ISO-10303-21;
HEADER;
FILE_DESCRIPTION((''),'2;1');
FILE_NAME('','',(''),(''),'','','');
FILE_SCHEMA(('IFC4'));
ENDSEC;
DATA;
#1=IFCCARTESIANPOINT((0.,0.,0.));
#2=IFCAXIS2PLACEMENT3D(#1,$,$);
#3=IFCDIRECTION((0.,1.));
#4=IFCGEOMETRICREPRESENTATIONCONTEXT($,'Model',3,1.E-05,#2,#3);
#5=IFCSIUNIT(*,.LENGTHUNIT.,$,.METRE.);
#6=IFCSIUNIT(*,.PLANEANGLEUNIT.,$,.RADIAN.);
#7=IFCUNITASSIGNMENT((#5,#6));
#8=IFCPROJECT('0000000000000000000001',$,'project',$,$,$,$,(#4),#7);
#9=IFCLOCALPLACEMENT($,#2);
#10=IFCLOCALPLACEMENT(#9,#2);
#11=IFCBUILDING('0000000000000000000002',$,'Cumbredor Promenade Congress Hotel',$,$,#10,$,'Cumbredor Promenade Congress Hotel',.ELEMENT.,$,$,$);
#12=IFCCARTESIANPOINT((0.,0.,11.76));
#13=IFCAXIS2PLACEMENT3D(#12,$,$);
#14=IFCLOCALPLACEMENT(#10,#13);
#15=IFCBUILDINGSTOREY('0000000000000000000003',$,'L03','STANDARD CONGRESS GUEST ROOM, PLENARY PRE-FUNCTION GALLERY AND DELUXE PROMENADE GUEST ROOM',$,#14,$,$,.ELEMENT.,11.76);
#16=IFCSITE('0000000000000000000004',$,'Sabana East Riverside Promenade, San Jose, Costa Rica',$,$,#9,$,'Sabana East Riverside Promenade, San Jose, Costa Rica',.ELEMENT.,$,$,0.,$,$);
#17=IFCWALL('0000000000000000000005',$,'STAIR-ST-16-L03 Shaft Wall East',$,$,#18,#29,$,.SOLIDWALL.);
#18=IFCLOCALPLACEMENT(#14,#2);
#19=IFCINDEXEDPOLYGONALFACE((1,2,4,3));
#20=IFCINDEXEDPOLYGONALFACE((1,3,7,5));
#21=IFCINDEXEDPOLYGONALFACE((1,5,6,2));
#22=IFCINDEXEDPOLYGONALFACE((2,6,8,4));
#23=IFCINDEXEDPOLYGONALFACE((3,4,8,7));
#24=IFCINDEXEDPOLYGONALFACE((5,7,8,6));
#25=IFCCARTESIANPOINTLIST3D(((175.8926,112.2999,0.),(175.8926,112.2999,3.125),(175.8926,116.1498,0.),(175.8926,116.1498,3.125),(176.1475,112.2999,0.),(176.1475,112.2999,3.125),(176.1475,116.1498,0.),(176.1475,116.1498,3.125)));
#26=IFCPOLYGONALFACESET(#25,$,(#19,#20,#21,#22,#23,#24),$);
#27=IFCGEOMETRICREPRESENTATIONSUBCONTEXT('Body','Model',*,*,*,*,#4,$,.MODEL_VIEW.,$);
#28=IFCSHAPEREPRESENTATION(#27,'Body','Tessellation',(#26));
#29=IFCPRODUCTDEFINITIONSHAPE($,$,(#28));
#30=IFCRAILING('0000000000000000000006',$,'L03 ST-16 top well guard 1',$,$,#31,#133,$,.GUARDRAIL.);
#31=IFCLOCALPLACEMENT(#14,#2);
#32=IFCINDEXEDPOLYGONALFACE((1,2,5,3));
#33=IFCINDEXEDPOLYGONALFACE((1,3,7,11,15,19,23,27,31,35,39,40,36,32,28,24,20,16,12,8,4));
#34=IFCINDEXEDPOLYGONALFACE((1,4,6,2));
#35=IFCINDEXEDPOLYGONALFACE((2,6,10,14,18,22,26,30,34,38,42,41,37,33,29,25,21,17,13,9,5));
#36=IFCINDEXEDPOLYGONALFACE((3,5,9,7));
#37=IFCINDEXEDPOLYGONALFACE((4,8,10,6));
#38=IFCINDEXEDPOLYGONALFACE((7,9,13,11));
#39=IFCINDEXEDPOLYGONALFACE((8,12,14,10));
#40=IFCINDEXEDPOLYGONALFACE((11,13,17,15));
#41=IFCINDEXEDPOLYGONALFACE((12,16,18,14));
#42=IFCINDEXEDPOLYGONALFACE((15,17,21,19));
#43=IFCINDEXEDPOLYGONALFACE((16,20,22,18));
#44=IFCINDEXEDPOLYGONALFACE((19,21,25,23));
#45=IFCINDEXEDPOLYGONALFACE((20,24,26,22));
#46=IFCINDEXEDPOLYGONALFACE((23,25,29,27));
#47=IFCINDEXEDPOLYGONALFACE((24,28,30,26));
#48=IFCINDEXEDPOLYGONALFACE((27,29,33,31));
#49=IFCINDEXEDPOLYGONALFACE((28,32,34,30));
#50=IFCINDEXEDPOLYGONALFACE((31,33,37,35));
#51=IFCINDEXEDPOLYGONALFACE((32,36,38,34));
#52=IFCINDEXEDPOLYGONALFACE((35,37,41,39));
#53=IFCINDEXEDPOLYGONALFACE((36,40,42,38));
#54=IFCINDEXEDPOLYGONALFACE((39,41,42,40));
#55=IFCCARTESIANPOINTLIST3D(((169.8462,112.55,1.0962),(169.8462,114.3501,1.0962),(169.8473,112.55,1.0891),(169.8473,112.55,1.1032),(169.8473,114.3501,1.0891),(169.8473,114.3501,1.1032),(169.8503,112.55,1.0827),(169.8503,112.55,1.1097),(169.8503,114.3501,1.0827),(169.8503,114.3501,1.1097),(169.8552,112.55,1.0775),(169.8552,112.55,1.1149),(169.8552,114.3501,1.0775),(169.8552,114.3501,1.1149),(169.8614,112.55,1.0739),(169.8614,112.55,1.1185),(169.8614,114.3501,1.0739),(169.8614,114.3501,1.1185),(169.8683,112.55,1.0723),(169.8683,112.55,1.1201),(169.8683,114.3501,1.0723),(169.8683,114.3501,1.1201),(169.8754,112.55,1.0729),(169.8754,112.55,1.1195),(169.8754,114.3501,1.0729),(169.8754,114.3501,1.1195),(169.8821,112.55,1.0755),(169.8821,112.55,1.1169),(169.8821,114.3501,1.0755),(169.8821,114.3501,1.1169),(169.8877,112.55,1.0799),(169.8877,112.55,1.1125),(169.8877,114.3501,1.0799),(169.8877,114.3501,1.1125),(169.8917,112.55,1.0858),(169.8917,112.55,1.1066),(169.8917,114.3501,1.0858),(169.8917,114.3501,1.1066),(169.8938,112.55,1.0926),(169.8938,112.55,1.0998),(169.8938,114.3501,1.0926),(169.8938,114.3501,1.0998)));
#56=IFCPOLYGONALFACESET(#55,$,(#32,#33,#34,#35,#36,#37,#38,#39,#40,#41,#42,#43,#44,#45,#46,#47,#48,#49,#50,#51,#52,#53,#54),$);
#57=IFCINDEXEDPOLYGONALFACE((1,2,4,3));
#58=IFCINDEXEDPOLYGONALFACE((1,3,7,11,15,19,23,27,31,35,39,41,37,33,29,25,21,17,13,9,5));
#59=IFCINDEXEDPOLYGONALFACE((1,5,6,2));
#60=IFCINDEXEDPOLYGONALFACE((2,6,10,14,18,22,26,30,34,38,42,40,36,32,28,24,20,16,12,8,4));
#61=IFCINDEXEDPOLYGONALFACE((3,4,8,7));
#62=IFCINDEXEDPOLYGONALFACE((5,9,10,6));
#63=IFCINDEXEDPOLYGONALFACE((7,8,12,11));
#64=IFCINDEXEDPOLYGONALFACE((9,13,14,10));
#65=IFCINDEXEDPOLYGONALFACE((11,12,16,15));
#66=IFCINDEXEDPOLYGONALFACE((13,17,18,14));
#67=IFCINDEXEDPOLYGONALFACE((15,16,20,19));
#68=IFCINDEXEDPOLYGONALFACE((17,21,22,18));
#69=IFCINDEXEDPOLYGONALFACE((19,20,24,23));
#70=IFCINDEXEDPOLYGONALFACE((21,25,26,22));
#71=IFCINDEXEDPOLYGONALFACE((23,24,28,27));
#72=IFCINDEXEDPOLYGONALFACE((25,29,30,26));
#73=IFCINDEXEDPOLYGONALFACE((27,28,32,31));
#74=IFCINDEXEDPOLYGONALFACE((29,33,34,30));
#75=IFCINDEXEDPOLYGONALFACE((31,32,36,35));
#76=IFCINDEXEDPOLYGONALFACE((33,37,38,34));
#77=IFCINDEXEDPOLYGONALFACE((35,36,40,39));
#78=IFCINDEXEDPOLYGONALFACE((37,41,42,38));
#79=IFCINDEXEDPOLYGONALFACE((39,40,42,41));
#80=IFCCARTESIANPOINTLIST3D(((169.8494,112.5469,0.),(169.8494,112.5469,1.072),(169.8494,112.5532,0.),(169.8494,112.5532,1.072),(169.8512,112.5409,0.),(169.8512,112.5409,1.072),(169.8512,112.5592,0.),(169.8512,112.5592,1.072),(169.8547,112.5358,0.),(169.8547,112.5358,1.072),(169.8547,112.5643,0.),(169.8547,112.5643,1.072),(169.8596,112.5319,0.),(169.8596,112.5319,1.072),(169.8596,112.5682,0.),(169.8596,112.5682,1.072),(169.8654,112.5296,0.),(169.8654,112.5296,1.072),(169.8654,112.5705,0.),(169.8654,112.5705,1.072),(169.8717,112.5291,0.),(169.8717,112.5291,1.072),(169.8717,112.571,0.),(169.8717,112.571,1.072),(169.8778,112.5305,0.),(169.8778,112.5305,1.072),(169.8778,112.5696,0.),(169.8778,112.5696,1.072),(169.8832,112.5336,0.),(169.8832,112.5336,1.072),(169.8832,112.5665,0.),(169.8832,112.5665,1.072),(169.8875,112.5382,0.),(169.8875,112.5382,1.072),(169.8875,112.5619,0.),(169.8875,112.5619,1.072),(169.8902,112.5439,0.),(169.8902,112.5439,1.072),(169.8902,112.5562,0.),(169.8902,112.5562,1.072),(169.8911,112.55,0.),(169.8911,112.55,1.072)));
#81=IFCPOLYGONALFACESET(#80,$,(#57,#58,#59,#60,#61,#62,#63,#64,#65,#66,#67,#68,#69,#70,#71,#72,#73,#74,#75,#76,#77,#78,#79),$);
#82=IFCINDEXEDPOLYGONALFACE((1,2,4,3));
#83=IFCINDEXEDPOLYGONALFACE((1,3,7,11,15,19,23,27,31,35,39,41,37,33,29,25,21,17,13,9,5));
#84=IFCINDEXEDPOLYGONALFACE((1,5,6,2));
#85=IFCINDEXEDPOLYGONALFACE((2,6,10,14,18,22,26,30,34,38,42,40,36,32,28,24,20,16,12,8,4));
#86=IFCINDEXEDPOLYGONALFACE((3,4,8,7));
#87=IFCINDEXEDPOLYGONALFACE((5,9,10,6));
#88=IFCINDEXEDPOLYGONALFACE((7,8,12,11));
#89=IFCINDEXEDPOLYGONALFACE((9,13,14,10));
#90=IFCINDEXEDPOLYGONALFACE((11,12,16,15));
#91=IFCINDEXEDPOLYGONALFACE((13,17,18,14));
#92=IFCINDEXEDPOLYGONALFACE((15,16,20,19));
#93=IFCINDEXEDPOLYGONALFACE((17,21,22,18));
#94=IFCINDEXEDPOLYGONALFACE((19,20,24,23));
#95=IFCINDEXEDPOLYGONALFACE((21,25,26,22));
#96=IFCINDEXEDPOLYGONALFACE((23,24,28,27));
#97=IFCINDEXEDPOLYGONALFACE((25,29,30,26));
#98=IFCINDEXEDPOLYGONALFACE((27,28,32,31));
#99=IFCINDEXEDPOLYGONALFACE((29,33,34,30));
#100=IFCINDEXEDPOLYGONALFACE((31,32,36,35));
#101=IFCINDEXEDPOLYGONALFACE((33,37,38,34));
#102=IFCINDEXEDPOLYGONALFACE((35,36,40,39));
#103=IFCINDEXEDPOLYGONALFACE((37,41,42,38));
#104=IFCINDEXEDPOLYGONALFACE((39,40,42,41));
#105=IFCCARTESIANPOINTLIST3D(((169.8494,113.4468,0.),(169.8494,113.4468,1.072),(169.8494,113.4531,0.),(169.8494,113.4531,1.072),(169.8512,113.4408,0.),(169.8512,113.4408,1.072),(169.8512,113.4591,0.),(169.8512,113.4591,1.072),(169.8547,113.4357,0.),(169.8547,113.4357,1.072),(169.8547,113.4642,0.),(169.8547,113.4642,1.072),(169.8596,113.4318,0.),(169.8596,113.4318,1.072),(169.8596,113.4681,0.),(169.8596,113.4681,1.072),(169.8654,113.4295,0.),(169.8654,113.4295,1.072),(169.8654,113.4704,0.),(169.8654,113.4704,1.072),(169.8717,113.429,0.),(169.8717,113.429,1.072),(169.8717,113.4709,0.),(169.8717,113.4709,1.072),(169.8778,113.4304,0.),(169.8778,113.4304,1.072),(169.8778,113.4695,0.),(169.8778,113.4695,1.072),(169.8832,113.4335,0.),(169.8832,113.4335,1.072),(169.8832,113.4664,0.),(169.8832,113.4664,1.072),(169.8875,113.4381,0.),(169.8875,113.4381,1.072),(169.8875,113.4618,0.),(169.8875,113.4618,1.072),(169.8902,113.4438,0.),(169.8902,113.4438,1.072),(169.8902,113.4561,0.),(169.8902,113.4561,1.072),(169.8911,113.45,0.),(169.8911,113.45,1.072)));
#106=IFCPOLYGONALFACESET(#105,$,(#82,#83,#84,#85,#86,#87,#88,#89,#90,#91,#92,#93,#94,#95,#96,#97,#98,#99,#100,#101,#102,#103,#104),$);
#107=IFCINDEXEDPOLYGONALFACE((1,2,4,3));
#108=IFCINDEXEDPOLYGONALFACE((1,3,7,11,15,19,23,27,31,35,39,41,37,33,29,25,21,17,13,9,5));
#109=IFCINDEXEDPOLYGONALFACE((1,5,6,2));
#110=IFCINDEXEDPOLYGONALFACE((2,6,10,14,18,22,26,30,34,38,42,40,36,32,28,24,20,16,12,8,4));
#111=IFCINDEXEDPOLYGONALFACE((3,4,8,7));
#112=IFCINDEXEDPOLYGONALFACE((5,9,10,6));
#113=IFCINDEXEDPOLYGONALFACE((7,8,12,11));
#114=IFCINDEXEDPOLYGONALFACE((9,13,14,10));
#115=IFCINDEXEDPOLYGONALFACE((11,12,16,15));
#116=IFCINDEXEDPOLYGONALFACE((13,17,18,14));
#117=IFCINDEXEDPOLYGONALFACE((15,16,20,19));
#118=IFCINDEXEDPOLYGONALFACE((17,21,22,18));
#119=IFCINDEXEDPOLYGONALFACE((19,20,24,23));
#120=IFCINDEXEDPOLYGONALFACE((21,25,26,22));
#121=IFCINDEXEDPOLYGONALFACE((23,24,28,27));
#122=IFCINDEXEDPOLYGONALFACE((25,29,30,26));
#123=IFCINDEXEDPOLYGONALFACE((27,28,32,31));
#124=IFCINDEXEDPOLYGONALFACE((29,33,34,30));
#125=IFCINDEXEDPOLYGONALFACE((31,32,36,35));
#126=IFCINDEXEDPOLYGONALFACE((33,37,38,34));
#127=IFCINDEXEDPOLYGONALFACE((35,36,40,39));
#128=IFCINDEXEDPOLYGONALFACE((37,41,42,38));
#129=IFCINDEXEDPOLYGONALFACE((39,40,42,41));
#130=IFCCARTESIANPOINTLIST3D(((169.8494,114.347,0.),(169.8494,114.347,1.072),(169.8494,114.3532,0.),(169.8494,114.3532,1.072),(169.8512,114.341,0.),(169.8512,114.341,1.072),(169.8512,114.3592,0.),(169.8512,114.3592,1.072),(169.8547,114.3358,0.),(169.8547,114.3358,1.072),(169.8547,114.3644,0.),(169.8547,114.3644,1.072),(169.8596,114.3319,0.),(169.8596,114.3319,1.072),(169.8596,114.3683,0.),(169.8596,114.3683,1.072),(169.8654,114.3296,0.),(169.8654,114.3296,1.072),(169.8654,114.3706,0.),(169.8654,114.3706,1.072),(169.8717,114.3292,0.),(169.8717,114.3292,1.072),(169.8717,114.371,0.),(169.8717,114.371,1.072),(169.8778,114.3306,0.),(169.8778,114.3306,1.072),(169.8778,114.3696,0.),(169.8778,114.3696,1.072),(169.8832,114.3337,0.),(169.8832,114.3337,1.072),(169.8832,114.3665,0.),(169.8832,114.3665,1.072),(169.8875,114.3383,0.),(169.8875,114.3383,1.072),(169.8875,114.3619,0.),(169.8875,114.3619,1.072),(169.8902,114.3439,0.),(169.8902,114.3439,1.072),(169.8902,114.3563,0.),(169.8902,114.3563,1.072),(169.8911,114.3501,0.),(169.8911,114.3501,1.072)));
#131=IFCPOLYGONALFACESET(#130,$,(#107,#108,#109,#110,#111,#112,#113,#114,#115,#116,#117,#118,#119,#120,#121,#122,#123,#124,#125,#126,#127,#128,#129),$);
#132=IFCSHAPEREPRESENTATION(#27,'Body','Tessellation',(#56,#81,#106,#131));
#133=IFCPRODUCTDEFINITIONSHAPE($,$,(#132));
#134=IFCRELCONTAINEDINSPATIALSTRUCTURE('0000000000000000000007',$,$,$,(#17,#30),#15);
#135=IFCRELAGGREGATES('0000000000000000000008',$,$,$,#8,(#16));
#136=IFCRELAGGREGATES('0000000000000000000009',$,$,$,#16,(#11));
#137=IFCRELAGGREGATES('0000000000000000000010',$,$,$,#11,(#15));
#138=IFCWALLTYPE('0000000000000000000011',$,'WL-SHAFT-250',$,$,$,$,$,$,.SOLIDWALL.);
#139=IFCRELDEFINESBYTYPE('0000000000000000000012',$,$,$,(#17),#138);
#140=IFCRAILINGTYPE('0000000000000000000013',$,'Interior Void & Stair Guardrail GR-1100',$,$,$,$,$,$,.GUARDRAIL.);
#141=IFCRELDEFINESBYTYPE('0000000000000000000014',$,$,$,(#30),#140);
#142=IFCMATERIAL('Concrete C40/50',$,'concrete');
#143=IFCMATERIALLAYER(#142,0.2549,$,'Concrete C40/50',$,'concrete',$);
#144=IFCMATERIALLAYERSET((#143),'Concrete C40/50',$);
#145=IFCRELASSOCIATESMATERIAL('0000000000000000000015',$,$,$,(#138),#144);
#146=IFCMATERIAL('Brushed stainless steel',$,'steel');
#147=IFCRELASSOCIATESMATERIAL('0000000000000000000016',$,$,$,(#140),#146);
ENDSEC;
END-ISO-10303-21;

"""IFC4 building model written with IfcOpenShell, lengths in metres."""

from ifc_helpers import new_model, si_unit, direction, frame, frame_2d, origin, origin_2d, place, context, subcontext, project, spatial, rectangle, circle, extrude, material, layer, layer_set, type_object, element, save


model = new_model("IFC4")

# Units and contexts
model_context = context("Model", 3, precision=1e-05, world=origin(), true_north=direction((0.0, 1.0)))
body_context = subcontext(model_context, "Body", "Model", "MODEL_VIEW")
ifc_project = project(units=[si_unit("LENGTHUNIT", "METRE"), si_unit("PLANEANGLEUNIT", "RADIAN")], contexts=[model_context])

# Site, building, storey
site_placement = place(None, origin())
site = spatial("IfcSite", under=ifc_project, at=site_placement, Name="Sabana East Riverside Promenade, San Jose, Costa Rica", LongName="Sabana East Riverside Promenade, San Jose, Costa Rica", CompositionType="ELEMENT", RefElevation=0.0)
building_placement = place(site_placement, origin())
building = spatial("IfcBuilding", under=site, at=building_placement, Name="Cumbredor Promenade Congress Hotel", LongName="Cumbredor Promenade Congress Hotel", CompositionType="ELEMENT")
storey_placement = place(building_placement, frame((0.0, 0.0, 11.76)))
storey = spatial("IfcBuildingStorey", under=building, at=storey_placement, Name="L03", Description="STANDARD CONGRESS GUEST ROOM, PLENARY PRE-FUNCTION GALLERY AND DELUXE PROMENADE GUEST ROOM", CompositionType="ELEMENT", Elevation=11.76)

# Shared definitions
ifc_material_1 = material(Name="Concrete C40/50", Category="concrete")

# Wall
ifc_layer_1 = layer(ifc_material_1, 0.2549, Name="Concrete C40/50", Category="concrete")
ifc_layer_set_1 = layer_set([ifc_layer_1], Name="Concrete C40/50")
wall_type_1 = type_object("IfcWallType", Name="WL-SHAFT-250", PredefinedType="SOLIDWALL", material=ifc_layer_set_1)
wall_1_placement = place(storey_placement, frame((176.02, 112.3, 0.0), z_axis=(0.0, 0.0, 1.0), x_axis=(0.0, 1.0, 0.0)))
element("IfcWall", 1, at=wall_1_placement, inside=storey, type_object=wall_type_1, Name="STAIR-ST-16-L03 Shaft Wall East", PredefinedType="SOLIDWALL", context=body_context, shape_type="SweptSolid", body=[
    extrude(rectangle(XDim=3.8499, YDim=0.2549, at=frame_2d((1.9248, 0.0))), origin(), (0.0, 0.0, 1.0), 3.125),
])

# Railing
ifc_material_2 = material(Name="Brushed stainless steel", Category="steel")
railing_type = type_object("IfcRailingType", Name="Interior Void & Stair Guardrail GR-1100", PredefinedType="GUARDRAIL", material=ifc_material_2)
railing_placement = place(storey_placement, frame((169.8701, 112.55, 0.0)))
element("IfcRailing", 2, at=railing_placement, inside=storey, type_object=railing_type, Name="L03 ST-16 top well guard 1", PredefinedType="GUARDRAIL", context=body_context, shape_type="SweptSolid", body=[
    extrude(circle(Radius=0.0239, at=origin_2d()), frame((0.0, 0.0, 1.0962), z_axis=(0.0, 1.0, 0.0), x_axis=(-1.0, 0.0, 0.0)), (0.0, 0.0, 1.0), 1.8),
    extrude(circle(Radius=0.021, at=origin_2d()), origin(), (0.0, 0.0, 1.0), 1.072),
    extrude(circle(Radius=0.021, at=origin_2d()), frame((0.0, 0.8999, 0.0)), (0.0, 0.0, 1.0), 1.072),
    extrude(circle(Radius=0.021, at=origin_2d()), frame((0.0, 1.8, 0.0)), (0.0, 0.0, 1.0), 1.072),
])

save(model, "model.ifc")
